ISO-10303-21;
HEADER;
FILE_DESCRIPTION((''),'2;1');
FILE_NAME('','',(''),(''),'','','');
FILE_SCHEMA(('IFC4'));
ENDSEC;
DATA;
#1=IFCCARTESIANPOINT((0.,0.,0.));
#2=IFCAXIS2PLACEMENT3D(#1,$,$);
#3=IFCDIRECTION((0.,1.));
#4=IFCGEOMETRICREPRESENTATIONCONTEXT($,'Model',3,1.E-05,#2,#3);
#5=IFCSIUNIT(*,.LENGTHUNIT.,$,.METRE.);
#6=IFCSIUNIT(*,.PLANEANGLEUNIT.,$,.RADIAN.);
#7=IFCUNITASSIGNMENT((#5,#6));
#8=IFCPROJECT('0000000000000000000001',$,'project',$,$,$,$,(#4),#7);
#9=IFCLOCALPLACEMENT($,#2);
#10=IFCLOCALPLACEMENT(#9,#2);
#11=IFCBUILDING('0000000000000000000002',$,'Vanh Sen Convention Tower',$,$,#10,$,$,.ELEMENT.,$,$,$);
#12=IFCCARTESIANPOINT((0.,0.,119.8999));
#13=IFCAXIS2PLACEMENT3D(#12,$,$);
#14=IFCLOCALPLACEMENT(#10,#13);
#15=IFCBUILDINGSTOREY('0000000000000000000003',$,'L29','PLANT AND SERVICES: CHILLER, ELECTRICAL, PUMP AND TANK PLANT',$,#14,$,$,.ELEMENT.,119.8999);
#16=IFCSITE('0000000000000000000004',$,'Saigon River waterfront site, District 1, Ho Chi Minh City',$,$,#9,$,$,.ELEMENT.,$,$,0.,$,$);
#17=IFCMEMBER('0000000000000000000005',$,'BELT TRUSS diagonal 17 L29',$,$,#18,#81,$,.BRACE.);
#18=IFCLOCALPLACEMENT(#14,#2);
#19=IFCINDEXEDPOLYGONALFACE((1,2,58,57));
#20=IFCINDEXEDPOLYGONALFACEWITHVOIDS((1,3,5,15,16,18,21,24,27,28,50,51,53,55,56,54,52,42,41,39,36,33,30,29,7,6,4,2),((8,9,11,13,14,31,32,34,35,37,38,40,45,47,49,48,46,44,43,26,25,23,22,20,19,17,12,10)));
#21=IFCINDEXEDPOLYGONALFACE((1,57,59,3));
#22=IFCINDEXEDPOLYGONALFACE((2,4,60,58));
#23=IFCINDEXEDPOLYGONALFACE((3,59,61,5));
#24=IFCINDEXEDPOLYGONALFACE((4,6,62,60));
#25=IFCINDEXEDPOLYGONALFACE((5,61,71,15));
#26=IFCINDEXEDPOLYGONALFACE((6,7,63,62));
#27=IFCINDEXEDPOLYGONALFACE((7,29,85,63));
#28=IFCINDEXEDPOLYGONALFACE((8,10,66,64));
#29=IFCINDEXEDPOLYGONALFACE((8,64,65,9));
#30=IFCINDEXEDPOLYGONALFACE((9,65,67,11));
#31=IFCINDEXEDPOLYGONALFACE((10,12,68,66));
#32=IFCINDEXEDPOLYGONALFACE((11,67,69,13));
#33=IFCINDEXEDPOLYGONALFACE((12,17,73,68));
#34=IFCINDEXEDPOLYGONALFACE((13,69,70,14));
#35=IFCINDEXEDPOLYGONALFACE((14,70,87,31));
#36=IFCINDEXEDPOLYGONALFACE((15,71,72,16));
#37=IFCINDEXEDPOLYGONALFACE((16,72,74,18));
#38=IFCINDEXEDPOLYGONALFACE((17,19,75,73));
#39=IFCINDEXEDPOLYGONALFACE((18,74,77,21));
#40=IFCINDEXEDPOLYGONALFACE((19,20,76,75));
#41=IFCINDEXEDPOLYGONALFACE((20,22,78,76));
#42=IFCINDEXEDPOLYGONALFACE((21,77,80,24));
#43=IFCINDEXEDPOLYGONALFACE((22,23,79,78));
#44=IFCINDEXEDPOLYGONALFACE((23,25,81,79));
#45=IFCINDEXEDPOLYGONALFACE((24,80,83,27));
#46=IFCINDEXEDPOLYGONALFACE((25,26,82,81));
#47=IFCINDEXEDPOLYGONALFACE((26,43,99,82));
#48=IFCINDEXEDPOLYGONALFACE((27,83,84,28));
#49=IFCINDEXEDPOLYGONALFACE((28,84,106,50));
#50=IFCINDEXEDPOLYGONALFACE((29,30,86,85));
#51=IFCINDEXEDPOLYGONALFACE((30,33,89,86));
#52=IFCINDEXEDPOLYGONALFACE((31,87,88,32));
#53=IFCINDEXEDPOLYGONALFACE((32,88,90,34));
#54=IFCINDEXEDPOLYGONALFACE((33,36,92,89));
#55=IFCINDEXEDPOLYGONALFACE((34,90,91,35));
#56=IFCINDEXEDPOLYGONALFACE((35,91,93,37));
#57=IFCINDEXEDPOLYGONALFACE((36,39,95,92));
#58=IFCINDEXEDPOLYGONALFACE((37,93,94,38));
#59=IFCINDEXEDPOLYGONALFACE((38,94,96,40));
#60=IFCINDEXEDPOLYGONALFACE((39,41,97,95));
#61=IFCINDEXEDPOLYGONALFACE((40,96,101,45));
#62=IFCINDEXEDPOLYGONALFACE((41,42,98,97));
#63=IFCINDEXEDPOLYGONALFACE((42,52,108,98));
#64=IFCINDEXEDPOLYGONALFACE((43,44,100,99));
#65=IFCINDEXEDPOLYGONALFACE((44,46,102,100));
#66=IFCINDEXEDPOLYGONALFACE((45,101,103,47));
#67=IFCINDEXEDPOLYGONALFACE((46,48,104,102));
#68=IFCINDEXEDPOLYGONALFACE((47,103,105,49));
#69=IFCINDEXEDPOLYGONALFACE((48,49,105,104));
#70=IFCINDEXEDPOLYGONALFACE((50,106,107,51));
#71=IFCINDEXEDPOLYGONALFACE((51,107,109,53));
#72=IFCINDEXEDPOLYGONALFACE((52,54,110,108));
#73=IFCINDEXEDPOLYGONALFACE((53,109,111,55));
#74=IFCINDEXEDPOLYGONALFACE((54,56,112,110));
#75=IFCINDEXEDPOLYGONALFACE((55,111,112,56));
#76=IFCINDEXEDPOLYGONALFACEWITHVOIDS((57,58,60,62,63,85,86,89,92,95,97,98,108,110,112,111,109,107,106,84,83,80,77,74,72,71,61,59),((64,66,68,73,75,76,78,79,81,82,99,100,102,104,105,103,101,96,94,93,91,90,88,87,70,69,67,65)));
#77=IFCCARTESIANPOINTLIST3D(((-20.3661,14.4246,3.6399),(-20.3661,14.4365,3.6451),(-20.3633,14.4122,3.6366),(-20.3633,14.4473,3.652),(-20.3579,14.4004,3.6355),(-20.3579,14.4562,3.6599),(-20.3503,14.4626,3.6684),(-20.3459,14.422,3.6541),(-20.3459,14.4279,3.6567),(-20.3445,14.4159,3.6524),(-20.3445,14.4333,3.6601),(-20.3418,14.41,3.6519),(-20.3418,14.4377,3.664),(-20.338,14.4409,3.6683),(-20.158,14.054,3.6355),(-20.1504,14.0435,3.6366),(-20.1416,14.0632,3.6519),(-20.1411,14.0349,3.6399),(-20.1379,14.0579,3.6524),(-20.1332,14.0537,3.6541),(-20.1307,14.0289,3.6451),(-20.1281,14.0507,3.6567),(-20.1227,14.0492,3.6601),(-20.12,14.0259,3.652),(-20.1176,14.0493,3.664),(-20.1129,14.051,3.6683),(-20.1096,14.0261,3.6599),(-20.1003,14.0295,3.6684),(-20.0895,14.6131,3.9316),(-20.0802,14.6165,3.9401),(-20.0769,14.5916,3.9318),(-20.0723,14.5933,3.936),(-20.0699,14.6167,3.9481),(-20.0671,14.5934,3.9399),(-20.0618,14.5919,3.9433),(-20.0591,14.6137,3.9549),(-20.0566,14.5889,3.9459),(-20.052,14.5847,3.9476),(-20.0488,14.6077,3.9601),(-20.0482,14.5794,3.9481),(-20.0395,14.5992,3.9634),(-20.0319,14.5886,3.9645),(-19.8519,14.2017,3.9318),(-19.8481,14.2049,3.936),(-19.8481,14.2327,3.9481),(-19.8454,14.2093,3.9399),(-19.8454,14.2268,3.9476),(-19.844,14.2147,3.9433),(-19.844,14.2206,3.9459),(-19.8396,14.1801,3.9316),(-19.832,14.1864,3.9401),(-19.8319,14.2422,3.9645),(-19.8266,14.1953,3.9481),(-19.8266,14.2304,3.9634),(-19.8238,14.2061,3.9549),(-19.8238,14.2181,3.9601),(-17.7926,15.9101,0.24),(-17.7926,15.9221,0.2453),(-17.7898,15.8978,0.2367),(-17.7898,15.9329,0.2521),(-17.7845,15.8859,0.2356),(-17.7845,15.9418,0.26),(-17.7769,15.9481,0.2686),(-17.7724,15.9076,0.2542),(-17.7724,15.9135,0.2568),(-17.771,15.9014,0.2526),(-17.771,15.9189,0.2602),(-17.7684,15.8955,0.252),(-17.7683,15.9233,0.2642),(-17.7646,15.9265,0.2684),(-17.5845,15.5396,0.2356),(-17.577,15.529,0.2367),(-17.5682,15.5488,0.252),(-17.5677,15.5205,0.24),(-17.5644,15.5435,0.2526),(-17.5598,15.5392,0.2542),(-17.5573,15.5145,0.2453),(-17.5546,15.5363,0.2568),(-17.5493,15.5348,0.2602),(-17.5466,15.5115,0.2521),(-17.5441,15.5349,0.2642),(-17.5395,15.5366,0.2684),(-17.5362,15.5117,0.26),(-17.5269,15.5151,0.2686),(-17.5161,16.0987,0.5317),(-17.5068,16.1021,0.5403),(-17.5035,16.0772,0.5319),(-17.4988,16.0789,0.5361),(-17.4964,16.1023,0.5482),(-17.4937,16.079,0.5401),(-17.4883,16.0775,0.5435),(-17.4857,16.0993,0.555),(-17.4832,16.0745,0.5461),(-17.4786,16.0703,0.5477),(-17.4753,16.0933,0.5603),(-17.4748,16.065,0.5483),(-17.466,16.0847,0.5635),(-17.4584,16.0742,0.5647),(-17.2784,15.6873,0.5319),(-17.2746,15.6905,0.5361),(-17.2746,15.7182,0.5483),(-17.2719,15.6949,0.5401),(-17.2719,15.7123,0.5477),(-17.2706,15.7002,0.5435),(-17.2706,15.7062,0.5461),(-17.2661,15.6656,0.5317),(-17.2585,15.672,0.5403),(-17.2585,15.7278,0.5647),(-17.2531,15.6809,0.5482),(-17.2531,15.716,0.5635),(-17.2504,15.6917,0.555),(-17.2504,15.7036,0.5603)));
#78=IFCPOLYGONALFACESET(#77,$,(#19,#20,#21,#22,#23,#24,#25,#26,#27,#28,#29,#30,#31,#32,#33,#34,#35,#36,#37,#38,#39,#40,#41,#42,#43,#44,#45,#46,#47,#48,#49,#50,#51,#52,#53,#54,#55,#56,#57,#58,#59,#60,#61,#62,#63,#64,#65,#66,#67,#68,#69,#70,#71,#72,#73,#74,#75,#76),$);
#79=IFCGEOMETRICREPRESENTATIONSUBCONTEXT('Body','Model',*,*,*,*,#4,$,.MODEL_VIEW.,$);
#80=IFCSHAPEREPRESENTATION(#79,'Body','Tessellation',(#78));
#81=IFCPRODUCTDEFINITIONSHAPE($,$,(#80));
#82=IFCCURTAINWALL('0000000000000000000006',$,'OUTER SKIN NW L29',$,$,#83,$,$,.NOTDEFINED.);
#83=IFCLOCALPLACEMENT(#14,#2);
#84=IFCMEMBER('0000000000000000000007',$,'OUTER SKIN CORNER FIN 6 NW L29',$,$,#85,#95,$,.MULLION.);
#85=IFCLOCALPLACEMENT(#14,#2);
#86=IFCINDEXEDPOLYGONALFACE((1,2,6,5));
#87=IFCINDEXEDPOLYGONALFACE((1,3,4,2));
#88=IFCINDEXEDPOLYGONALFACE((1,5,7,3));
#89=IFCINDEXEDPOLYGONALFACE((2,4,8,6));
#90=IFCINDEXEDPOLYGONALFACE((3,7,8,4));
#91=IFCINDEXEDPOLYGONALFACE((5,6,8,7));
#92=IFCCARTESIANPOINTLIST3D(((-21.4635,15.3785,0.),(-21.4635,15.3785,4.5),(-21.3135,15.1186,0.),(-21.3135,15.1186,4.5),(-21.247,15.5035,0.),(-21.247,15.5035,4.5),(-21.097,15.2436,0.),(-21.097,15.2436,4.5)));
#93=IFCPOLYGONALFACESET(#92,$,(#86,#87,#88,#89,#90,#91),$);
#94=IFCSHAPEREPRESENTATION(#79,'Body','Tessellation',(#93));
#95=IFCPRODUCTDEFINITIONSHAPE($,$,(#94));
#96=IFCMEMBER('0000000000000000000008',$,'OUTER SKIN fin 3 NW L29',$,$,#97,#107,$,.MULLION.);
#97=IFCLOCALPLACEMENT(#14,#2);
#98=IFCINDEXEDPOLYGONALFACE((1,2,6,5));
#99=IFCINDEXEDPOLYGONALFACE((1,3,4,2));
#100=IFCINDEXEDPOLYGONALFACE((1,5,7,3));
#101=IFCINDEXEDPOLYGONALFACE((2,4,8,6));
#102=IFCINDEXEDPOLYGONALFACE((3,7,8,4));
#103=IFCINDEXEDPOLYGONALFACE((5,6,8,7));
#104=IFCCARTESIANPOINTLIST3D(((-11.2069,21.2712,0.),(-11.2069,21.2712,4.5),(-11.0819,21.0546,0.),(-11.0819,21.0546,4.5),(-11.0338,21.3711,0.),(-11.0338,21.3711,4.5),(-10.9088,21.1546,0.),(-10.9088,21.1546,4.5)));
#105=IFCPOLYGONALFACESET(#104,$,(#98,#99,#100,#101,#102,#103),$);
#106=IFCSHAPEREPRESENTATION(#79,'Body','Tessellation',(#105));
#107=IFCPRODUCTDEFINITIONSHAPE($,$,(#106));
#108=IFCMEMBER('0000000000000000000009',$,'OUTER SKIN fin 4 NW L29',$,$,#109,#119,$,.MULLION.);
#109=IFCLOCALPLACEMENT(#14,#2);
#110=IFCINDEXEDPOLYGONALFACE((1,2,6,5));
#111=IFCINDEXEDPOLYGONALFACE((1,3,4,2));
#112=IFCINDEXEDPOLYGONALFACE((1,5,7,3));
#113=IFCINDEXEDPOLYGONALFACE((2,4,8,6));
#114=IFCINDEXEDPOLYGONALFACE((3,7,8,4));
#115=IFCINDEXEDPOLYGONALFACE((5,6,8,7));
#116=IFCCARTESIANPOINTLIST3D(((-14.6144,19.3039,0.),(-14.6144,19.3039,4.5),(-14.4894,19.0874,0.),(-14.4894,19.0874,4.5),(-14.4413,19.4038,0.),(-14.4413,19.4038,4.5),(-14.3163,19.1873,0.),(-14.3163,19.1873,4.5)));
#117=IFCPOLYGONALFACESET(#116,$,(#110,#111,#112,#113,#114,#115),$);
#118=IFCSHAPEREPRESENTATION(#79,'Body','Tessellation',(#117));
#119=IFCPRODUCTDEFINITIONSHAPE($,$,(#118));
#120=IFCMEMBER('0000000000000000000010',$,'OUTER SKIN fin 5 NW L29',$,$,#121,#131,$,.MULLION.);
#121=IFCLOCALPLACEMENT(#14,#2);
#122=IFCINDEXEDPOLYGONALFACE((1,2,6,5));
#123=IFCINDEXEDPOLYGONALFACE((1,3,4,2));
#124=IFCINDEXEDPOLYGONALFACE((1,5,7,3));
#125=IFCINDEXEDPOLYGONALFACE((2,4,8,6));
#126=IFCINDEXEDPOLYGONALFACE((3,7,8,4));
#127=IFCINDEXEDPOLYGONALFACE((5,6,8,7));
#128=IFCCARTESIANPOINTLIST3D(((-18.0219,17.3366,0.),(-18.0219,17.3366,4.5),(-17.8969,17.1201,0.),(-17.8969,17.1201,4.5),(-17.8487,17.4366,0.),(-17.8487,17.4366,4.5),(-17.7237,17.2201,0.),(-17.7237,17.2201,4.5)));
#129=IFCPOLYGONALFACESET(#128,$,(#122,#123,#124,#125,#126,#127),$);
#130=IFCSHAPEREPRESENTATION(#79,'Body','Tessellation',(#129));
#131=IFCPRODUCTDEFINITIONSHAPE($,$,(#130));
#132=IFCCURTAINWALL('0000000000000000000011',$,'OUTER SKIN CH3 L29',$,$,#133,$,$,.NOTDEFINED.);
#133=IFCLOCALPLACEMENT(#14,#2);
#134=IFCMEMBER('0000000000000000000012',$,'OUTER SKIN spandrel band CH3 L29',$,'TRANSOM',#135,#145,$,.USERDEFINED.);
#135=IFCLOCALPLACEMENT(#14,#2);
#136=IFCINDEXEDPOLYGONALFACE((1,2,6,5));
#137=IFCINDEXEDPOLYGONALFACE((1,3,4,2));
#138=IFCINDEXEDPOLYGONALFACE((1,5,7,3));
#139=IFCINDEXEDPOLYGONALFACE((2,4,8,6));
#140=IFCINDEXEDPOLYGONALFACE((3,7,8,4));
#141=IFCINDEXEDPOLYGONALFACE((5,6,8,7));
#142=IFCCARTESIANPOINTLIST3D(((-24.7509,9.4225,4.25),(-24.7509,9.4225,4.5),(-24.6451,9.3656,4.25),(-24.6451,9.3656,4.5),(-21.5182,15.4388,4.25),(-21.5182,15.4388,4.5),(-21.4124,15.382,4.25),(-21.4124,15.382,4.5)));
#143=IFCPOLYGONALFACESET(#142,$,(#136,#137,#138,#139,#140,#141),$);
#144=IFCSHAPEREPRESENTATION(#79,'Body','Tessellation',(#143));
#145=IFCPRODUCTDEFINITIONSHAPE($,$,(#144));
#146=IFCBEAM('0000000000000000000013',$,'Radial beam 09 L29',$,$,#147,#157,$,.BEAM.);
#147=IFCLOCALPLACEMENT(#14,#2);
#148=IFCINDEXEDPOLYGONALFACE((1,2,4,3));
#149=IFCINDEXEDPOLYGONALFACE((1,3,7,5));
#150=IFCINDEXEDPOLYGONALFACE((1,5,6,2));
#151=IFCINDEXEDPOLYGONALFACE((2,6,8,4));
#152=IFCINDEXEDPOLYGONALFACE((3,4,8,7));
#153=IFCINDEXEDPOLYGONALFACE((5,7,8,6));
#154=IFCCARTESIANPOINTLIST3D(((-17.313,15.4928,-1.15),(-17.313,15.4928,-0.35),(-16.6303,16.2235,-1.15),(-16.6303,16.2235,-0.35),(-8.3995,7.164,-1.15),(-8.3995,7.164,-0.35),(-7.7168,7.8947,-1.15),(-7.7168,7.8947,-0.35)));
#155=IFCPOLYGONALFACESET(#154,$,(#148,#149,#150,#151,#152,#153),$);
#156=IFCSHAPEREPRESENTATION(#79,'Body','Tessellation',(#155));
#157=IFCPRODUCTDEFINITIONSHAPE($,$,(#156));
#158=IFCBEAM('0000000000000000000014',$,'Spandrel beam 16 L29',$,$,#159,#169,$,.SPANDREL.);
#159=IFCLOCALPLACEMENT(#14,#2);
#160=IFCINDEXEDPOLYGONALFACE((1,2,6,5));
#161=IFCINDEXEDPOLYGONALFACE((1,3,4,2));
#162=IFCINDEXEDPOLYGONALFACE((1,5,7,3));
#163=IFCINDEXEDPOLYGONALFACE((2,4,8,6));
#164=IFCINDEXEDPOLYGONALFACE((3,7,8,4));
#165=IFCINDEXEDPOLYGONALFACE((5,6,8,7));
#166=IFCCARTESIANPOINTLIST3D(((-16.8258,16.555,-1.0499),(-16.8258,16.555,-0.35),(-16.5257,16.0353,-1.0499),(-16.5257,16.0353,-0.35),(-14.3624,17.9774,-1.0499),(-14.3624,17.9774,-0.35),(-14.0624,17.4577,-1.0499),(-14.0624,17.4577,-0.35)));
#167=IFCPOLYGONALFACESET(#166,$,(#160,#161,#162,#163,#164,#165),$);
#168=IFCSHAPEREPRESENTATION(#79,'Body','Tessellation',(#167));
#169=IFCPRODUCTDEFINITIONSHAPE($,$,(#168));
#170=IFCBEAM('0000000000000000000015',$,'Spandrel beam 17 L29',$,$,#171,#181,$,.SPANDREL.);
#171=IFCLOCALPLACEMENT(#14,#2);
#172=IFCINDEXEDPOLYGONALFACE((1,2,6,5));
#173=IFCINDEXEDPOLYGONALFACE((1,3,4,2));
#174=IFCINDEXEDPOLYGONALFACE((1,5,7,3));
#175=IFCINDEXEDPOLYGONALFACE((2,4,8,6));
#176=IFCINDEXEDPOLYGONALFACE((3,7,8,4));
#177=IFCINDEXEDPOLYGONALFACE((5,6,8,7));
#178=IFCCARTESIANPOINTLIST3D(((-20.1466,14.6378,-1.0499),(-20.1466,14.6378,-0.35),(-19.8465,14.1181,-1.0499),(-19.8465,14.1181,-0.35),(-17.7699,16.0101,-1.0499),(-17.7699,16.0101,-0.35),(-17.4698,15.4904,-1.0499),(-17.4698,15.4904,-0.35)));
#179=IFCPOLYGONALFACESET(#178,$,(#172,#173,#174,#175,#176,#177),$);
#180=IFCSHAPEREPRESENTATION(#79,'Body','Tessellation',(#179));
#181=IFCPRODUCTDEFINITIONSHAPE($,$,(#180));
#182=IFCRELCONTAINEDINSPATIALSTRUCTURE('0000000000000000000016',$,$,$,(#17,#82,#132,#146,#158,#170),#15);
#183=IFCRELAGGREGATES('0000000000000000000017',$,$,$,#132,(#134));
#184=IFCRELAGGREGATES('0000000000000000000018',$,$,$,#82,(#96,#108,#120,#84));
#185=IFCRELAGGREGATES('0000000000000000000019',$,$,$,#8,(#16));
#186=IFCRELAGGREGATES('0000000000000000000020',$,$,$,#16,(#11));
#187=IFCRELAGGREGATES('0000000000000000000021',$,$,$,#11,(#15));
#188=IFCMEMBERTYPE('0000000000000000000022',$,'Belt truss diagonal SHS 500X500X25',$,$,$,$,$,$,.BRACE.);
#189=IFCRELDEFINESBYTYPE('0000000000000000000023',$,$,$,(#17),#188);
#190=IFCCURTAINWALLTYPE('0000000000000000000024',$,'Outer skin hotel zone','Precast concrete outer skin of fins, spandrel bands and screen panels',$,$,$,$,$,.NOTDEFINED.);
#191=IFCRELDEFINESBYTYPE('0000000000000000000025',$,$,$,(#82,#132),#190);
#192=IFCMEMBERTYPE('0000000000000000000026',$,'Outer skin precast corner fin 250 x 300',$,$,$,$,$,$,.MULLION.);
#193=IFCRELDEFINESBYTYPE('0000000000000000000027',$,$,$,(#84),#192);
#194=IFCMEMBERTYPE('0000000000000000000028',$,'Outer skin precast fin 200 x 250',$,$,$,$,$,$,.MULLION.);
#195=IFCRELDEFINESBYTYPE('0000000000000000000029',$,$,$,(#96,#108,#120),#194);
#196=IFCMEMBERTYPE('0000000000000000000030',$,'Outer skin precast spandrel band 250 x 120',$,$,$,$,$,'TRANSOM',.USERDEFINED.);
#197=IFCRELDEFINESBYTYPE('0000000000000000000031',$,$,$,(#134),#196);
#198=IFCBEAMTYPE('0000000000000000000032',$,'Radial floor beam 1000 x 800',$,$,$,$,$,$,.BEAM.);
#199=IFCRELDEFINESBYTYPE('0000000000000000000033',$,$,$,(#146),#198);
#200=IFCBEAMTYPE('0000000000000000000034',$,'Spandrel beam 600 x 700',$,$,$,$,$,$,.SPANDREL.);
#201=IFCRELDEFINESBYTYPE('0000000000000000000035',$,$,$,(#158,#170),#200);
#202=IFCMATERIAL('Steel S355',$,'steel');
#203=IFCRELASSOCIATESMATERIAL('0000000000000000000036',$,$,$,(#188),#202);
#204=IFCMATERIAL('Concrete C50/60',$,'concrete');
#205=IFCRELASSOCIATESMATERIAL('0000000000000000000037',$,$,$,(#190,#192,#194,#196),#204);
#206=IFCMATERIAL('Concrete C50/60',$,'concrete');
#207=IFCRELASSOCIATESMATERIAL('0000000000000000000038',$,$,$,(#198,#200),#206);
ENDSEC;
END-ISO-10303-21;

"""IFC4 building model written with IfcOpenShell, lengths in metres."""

from ifc_helpers import new_model, si_unit, direction, frame, origin, origin_2d, place, context, subcontext, project, spatial, rectangle, hollow_rectangle, extrude, material, material_profile, profile_set, type_object, element, aggregate, save


model = new_model("IFC4")

# Units and contexts
model_context = context("Model", 3, precision=1e-05, world=origin(), true_north=direction((0.0, 1.0)))
body_context = subcontext(model_context, "Body", "Model", "MODEL_VIEW")
ifc_project = project(units=[si_unit("LENGTHUNIT", "METRE"), si_unit("PLANEANGLEUNIT", "RADIAN")], contexts=[model_context])

# Site, building, storey
site_placement = place(None, origin())
site = spatial("IfcSite", under=ifc_project, at=site_placement, Name="Saigon River waterfront site, District 1, Ho Chi Minh City", CompositionType="ELEMENT", RefElevation=0.0)
building_placement = place(site_placement, origin())
building = spatial("IfcBuilding", under=site, at=building_placement, Name="Vanh Sen Convention Tower", CompositionType="ELEMENT")
storey_placement = place(building_placement, frame((0.0, 0.0, 119.8999)))
storey = spatial("IfcBuildingStorey", under=building, at=storey_placement, Name="L29", Description="PLANT AND SERVICES: CHILLER, ELECTRICAL, PUMP AND TANK PLANT", CompositionType="ELEMENT", Elevation=119.8999)

# Member
ifc_material_1 = material(Name="Steel S355", Category="steel")
ifc_material_profile_1 = material_profile(ifc_material_1, hollow_rectangle(XDim=0.5, YDim=0.5, WallThickness=0.0249, InnerFilletRadius=0.0249, OuterFilletRadius=0.05, at=origin_2d()), Name="SHS 500X500X25")
ifc_profile_set_1 = profile_set([ifc_material_profile_1], Name="Steel S355")
member_type_1 = type_object("IfcMemberType", Name="Belt truss diagonal SHS 500X500X25", PredefinedType="BRACE", material=ifc_profile_set_1)
member_1_placement = place(storey_placement, frame((-17.5215, 15.8069, 0.4001), z_axis=(-0.569931, -0.329004, 0.752951), x_axis=(0.499948, -0.866056, 0.0)))
element("IfcMember", 1, at=member_1_placement, inside=storey, type_object=member_type_1, Name="BELT TRUSS diagonal 17 L29", PredefinedType="BRACE", context=body_context, shape_type="SweptSolid", body=[
    extrude(hollow_rectangle(XDim=0.5, YDim=0.5, WallThickness=0.0249, InnerFilletRadius=0.0249, OuterFilletRadius=0.05, at=origin_2d()), origin(), (0.0, 0.0, 1.0), 4.5154),
])

# Curtain wall, members
ifc_material_2 = material(Name="Concrete C50/60", Category="concrete")
curtain_wall_type = type_object("IfcCurtainWallType", Name="Outer skin hotel zone", Description="Precast concrete outer skin of fins, spandrel bands and screen panels", PredefinedType="NOTDEFINED", material=ifc_material_2)
curtain_wall_1_placement = place(storey_placement, origin())
curtain_wall_1 = element("IfcCurtainWall", 2, at=curtain_wall_1_placement, inside=storey, type_object=curtain_wall_type, Name="OUTER SKIN NW L29", PredefinedType="NOTDEFINED")
ifc_material_profile_2 = material_profile(ifc_material_2, rectangle(XDim=0.25, YDim=0.3, at=origin_2d()), Name="Outer skin precast corner fin 250 x 300")
ifc_profile_set_2 = profile_set([ifc_material_profile_2], Name="Concrete C50/60")
member_type_2 = type_object("IfcMemberType", Name="Outer skin precast corner fin 250 x 300", PredefinedType="MULLION", material=ifc_profile_set_2)
member_2_placement = place(storey_placement, frame((-21.2803, 15.311, 0.0), z_axis=(0.0, 0.0, 1.0), x_axis=(-0.866025, -0.5, 0.0)))
member_2 = element("IfcMember", 3, at=member_2_placement, type_object=member_type_2, Name="OUTER SKIN CORNER FIN 6 NW L29", PredefinedType="MULLION", context=body_context, shape_type="SweptSolid", body=[
    extrude(rectangle(XDim=0.25, YDim=0.3, at=origin_2d()), origin(), (0.0, 0.0, 1.0), 4.5),
])
ifc_material_profile_3 = material_profile(ifc_material_2, rectangle(XDim=0.2, YDim=0.25, at=origin_2d()), Name="Outer skin precast fin 200 x 250")
ifc_profile_set_3 = profile_set([ifc_material_profile_3], Name="Concrete C50/60")
member_type_3 = type_object("IfcMemberType", Name="Outer skin precast fin 200 x 250", PredefinedType="MULLION", material=ifc_profile_set_3)
member_3_placement = place(storey_placement, frame((-11.0579, 21.2129, 0.0), z_axis=(0.0, 0.0, 1.0), x_axis=(-0.866025, -0.5, 0.0)))
member_3 = element("IfcMember", 4, at=member_3_placement, type_object=member_type_3, Name="OUTER SKIN fin 3 NW L29", PredefinedType="MULLION", context=body_context, shape_type="SweptSolid", body=[
    extrude(rectangle(XDim=0.2, YDim=0.25, at=origin_2d()), origin(), (0.0, 0.0, 1.0), 4.5),
])
member_4_placement = place(storey_placement, frame((-14.4653, 19.2456, 0.0), z_axis=(0.0, 0.0, 1.0), x_axis=(-0.866025, -0.5, 0.0)))
member_4 = element("IfcMember", 5, at=member_4_placement, type_object=member_type_3, Name="OUTER SKIN fin 4 NW L29", PredefinedType="MULLION", context=body_context, shape_type="SweptSolid", body=[
    extrude(rectangle(XDim=0.2, YDim=0.25, at=origin_2d()), origin(), (0.0, 0.0, 1.0), 4.5),
])
member_5_placement = place(storey_placement, frame((-17.8728, 17.2783, 0.0), z_axis=(0.0, 0.0, 1.0), x_axis=(-0.866025, -0.5, 0.0)))
member_5 = element("IfcMember", 6, at=member_5_placement, type_object=member_type_3, Name="OUTER SKIN fin 5 NW L29", PredefinedType="MULLION", context=body_context, shape_type="SweptSolid", body=[
    extrude(rectangle(XDim=0.2, YDim=0.25, at=origin_2d()), origin(), (0.0, 0.0, 1.0), 4.5),
])

# Curtain wall, member
curtain_wall_2_placement = place(storey_placement, origin())
curtain_wall_2 = element("IfcCurtainWall", 7, at=curtain_wall_2_placement, inside=storey, type_object=curtain_wall_type, Name="OUTER SKIN CH3 L29", PredefinedType="NOTDEFINED")
ifc_material_profile_4 = material_profile(ifc_material_2, rectangle(XDim=0.1201, YDim=0.25, at=origin_2d()), Name="Outer skin precast spandrel band 250 x 120")
ifc_profile_set_4 = profile_set([ifc_material_profile_4], Name="Concrete C50/60")
member_type_4 = type_object("IfcMemberType", Name="Outer skin precast spandrel band 250 x 120", ElementType="TRANSOM", PredefinedType="USERDEFINED", material=ifc_profile_set_4)
member_6_placement = place(storey_placement, frame((-21.4653, 15.4104, 4.375), z_axis=(-0.473315, -0.880893, 0.0), x_axis=(0.880893, -0.473315, 0.0)))
member_6 = element("IfcMember", 8, at=member_6_placement, type_object=member_type_4, Name="OUTER SKIN spandrel band CH3 L29", ObjectType="TRANSOM", PredefinedType="USERDEFINED", context=body_context, shape_type="SweptSolid", body=[
    extrude(rectangle(XDim=0.1201, YDim=0.25, at=origin_2d()), origin(), (0.0, 0.0, 1.0), 6.8298),
])
aggregate(curtain_wall_2, [member_6])

# Beams
ifc_material_3 = material(Name="Concrete C50/60", Category="concrete")
ifc_material_profile_5 = material_profile(ifc_material_3, rectangle(XDim=1.0, YDim=0.8, at=origin_2d()), Name="RC 1000X800")
ifc_profile_set_5 = profile_set([ifc_material_profile_5], Name="Concrete C50/60")
beam_type_1 = type_object("IfcBeamType", Name="Radial floor beam 1000 x 800", PredefinedType="BEAM", material=ifc_profile_set_5)
beam_1_placement = place(storey_placement, frame((-16.9717, 15.8582, -0.75), z_axis=(0.730666, -0.682735, 0.0), x_axis=(0.682735, 0.730666, 0.0)))
element("IfcBeam", 9, at=beam_1_placement, inside=storey, type_object=beam_type_1, Name="Radial beam 09 L29", PredefinedType="BEAM", context=body_context, shape_type="SweptSolid", body=[
    extrude(rectangle(XDim=1.0, YDim=0.8, at=origin_2d()), origin(), (0.0, 0.0, 1.0), 12.1992),
])
ifc_material_profile_6 = material_profile(ifc_material_3, rectangle(XDim=0.6001, YDim=0.7, at=origin_2d()), Name="RC 600X700")
ifc_profile_set_6 = profile_set([ifc_material_profile_6], Name="Concrete C50/60")
beam_type_2 = type_object("IfcBeamType", Name="Spandrel beam 600 x 700", PredefinedType="SPANDREL", material=ifc_profile_set_6)
beam_2_placement = place(storey_placement, frame((-14.2124, 17.7175, -0.7), z_axis=(-0.866005, -0.500034, 0.0), x_axis=(0.500034, -0.866005, 0.0)))
element("IfcBeam", 10, at=beam_2_placement, inside=storey, type_object=beam_type_2, Name="Spandrel beam 16 L29", PredefinedType="SPANDREL", context=body_context, shape_type="SweptSolid", body=[
    extrude(rectangle(XDim=0.6001, YDim=0.7, at=origin_2d()), origin(), (0.0, 0.0, 1.0), 2.8445),
])
beam_3_placement = place(storey_placement, frame((-17.6199, 15.7502, -0.7), z_axis=(-0.866006, -0.500033, 0.0), x_axis=(0.500033, -0.866006, 0.0)))
element("IfcBeam", 11, at=beam_3_placement, inside=storey, type_object=beam_type_2, Name="Spandrel beam 17 L29", PredefinedType="SPANDREL", context=body_context, shape_type="SweptSolid", body=[
    extrude(rectangle(XDim=0.6001, YDim=0.7, at=origin_2d()), origin(), (0.0, 0.0, 1.0), 2.7444),
])

aggregate(curtain_wall_1, [member_3, member_4, member_5, member_2])

save(model, "model.ifc")
